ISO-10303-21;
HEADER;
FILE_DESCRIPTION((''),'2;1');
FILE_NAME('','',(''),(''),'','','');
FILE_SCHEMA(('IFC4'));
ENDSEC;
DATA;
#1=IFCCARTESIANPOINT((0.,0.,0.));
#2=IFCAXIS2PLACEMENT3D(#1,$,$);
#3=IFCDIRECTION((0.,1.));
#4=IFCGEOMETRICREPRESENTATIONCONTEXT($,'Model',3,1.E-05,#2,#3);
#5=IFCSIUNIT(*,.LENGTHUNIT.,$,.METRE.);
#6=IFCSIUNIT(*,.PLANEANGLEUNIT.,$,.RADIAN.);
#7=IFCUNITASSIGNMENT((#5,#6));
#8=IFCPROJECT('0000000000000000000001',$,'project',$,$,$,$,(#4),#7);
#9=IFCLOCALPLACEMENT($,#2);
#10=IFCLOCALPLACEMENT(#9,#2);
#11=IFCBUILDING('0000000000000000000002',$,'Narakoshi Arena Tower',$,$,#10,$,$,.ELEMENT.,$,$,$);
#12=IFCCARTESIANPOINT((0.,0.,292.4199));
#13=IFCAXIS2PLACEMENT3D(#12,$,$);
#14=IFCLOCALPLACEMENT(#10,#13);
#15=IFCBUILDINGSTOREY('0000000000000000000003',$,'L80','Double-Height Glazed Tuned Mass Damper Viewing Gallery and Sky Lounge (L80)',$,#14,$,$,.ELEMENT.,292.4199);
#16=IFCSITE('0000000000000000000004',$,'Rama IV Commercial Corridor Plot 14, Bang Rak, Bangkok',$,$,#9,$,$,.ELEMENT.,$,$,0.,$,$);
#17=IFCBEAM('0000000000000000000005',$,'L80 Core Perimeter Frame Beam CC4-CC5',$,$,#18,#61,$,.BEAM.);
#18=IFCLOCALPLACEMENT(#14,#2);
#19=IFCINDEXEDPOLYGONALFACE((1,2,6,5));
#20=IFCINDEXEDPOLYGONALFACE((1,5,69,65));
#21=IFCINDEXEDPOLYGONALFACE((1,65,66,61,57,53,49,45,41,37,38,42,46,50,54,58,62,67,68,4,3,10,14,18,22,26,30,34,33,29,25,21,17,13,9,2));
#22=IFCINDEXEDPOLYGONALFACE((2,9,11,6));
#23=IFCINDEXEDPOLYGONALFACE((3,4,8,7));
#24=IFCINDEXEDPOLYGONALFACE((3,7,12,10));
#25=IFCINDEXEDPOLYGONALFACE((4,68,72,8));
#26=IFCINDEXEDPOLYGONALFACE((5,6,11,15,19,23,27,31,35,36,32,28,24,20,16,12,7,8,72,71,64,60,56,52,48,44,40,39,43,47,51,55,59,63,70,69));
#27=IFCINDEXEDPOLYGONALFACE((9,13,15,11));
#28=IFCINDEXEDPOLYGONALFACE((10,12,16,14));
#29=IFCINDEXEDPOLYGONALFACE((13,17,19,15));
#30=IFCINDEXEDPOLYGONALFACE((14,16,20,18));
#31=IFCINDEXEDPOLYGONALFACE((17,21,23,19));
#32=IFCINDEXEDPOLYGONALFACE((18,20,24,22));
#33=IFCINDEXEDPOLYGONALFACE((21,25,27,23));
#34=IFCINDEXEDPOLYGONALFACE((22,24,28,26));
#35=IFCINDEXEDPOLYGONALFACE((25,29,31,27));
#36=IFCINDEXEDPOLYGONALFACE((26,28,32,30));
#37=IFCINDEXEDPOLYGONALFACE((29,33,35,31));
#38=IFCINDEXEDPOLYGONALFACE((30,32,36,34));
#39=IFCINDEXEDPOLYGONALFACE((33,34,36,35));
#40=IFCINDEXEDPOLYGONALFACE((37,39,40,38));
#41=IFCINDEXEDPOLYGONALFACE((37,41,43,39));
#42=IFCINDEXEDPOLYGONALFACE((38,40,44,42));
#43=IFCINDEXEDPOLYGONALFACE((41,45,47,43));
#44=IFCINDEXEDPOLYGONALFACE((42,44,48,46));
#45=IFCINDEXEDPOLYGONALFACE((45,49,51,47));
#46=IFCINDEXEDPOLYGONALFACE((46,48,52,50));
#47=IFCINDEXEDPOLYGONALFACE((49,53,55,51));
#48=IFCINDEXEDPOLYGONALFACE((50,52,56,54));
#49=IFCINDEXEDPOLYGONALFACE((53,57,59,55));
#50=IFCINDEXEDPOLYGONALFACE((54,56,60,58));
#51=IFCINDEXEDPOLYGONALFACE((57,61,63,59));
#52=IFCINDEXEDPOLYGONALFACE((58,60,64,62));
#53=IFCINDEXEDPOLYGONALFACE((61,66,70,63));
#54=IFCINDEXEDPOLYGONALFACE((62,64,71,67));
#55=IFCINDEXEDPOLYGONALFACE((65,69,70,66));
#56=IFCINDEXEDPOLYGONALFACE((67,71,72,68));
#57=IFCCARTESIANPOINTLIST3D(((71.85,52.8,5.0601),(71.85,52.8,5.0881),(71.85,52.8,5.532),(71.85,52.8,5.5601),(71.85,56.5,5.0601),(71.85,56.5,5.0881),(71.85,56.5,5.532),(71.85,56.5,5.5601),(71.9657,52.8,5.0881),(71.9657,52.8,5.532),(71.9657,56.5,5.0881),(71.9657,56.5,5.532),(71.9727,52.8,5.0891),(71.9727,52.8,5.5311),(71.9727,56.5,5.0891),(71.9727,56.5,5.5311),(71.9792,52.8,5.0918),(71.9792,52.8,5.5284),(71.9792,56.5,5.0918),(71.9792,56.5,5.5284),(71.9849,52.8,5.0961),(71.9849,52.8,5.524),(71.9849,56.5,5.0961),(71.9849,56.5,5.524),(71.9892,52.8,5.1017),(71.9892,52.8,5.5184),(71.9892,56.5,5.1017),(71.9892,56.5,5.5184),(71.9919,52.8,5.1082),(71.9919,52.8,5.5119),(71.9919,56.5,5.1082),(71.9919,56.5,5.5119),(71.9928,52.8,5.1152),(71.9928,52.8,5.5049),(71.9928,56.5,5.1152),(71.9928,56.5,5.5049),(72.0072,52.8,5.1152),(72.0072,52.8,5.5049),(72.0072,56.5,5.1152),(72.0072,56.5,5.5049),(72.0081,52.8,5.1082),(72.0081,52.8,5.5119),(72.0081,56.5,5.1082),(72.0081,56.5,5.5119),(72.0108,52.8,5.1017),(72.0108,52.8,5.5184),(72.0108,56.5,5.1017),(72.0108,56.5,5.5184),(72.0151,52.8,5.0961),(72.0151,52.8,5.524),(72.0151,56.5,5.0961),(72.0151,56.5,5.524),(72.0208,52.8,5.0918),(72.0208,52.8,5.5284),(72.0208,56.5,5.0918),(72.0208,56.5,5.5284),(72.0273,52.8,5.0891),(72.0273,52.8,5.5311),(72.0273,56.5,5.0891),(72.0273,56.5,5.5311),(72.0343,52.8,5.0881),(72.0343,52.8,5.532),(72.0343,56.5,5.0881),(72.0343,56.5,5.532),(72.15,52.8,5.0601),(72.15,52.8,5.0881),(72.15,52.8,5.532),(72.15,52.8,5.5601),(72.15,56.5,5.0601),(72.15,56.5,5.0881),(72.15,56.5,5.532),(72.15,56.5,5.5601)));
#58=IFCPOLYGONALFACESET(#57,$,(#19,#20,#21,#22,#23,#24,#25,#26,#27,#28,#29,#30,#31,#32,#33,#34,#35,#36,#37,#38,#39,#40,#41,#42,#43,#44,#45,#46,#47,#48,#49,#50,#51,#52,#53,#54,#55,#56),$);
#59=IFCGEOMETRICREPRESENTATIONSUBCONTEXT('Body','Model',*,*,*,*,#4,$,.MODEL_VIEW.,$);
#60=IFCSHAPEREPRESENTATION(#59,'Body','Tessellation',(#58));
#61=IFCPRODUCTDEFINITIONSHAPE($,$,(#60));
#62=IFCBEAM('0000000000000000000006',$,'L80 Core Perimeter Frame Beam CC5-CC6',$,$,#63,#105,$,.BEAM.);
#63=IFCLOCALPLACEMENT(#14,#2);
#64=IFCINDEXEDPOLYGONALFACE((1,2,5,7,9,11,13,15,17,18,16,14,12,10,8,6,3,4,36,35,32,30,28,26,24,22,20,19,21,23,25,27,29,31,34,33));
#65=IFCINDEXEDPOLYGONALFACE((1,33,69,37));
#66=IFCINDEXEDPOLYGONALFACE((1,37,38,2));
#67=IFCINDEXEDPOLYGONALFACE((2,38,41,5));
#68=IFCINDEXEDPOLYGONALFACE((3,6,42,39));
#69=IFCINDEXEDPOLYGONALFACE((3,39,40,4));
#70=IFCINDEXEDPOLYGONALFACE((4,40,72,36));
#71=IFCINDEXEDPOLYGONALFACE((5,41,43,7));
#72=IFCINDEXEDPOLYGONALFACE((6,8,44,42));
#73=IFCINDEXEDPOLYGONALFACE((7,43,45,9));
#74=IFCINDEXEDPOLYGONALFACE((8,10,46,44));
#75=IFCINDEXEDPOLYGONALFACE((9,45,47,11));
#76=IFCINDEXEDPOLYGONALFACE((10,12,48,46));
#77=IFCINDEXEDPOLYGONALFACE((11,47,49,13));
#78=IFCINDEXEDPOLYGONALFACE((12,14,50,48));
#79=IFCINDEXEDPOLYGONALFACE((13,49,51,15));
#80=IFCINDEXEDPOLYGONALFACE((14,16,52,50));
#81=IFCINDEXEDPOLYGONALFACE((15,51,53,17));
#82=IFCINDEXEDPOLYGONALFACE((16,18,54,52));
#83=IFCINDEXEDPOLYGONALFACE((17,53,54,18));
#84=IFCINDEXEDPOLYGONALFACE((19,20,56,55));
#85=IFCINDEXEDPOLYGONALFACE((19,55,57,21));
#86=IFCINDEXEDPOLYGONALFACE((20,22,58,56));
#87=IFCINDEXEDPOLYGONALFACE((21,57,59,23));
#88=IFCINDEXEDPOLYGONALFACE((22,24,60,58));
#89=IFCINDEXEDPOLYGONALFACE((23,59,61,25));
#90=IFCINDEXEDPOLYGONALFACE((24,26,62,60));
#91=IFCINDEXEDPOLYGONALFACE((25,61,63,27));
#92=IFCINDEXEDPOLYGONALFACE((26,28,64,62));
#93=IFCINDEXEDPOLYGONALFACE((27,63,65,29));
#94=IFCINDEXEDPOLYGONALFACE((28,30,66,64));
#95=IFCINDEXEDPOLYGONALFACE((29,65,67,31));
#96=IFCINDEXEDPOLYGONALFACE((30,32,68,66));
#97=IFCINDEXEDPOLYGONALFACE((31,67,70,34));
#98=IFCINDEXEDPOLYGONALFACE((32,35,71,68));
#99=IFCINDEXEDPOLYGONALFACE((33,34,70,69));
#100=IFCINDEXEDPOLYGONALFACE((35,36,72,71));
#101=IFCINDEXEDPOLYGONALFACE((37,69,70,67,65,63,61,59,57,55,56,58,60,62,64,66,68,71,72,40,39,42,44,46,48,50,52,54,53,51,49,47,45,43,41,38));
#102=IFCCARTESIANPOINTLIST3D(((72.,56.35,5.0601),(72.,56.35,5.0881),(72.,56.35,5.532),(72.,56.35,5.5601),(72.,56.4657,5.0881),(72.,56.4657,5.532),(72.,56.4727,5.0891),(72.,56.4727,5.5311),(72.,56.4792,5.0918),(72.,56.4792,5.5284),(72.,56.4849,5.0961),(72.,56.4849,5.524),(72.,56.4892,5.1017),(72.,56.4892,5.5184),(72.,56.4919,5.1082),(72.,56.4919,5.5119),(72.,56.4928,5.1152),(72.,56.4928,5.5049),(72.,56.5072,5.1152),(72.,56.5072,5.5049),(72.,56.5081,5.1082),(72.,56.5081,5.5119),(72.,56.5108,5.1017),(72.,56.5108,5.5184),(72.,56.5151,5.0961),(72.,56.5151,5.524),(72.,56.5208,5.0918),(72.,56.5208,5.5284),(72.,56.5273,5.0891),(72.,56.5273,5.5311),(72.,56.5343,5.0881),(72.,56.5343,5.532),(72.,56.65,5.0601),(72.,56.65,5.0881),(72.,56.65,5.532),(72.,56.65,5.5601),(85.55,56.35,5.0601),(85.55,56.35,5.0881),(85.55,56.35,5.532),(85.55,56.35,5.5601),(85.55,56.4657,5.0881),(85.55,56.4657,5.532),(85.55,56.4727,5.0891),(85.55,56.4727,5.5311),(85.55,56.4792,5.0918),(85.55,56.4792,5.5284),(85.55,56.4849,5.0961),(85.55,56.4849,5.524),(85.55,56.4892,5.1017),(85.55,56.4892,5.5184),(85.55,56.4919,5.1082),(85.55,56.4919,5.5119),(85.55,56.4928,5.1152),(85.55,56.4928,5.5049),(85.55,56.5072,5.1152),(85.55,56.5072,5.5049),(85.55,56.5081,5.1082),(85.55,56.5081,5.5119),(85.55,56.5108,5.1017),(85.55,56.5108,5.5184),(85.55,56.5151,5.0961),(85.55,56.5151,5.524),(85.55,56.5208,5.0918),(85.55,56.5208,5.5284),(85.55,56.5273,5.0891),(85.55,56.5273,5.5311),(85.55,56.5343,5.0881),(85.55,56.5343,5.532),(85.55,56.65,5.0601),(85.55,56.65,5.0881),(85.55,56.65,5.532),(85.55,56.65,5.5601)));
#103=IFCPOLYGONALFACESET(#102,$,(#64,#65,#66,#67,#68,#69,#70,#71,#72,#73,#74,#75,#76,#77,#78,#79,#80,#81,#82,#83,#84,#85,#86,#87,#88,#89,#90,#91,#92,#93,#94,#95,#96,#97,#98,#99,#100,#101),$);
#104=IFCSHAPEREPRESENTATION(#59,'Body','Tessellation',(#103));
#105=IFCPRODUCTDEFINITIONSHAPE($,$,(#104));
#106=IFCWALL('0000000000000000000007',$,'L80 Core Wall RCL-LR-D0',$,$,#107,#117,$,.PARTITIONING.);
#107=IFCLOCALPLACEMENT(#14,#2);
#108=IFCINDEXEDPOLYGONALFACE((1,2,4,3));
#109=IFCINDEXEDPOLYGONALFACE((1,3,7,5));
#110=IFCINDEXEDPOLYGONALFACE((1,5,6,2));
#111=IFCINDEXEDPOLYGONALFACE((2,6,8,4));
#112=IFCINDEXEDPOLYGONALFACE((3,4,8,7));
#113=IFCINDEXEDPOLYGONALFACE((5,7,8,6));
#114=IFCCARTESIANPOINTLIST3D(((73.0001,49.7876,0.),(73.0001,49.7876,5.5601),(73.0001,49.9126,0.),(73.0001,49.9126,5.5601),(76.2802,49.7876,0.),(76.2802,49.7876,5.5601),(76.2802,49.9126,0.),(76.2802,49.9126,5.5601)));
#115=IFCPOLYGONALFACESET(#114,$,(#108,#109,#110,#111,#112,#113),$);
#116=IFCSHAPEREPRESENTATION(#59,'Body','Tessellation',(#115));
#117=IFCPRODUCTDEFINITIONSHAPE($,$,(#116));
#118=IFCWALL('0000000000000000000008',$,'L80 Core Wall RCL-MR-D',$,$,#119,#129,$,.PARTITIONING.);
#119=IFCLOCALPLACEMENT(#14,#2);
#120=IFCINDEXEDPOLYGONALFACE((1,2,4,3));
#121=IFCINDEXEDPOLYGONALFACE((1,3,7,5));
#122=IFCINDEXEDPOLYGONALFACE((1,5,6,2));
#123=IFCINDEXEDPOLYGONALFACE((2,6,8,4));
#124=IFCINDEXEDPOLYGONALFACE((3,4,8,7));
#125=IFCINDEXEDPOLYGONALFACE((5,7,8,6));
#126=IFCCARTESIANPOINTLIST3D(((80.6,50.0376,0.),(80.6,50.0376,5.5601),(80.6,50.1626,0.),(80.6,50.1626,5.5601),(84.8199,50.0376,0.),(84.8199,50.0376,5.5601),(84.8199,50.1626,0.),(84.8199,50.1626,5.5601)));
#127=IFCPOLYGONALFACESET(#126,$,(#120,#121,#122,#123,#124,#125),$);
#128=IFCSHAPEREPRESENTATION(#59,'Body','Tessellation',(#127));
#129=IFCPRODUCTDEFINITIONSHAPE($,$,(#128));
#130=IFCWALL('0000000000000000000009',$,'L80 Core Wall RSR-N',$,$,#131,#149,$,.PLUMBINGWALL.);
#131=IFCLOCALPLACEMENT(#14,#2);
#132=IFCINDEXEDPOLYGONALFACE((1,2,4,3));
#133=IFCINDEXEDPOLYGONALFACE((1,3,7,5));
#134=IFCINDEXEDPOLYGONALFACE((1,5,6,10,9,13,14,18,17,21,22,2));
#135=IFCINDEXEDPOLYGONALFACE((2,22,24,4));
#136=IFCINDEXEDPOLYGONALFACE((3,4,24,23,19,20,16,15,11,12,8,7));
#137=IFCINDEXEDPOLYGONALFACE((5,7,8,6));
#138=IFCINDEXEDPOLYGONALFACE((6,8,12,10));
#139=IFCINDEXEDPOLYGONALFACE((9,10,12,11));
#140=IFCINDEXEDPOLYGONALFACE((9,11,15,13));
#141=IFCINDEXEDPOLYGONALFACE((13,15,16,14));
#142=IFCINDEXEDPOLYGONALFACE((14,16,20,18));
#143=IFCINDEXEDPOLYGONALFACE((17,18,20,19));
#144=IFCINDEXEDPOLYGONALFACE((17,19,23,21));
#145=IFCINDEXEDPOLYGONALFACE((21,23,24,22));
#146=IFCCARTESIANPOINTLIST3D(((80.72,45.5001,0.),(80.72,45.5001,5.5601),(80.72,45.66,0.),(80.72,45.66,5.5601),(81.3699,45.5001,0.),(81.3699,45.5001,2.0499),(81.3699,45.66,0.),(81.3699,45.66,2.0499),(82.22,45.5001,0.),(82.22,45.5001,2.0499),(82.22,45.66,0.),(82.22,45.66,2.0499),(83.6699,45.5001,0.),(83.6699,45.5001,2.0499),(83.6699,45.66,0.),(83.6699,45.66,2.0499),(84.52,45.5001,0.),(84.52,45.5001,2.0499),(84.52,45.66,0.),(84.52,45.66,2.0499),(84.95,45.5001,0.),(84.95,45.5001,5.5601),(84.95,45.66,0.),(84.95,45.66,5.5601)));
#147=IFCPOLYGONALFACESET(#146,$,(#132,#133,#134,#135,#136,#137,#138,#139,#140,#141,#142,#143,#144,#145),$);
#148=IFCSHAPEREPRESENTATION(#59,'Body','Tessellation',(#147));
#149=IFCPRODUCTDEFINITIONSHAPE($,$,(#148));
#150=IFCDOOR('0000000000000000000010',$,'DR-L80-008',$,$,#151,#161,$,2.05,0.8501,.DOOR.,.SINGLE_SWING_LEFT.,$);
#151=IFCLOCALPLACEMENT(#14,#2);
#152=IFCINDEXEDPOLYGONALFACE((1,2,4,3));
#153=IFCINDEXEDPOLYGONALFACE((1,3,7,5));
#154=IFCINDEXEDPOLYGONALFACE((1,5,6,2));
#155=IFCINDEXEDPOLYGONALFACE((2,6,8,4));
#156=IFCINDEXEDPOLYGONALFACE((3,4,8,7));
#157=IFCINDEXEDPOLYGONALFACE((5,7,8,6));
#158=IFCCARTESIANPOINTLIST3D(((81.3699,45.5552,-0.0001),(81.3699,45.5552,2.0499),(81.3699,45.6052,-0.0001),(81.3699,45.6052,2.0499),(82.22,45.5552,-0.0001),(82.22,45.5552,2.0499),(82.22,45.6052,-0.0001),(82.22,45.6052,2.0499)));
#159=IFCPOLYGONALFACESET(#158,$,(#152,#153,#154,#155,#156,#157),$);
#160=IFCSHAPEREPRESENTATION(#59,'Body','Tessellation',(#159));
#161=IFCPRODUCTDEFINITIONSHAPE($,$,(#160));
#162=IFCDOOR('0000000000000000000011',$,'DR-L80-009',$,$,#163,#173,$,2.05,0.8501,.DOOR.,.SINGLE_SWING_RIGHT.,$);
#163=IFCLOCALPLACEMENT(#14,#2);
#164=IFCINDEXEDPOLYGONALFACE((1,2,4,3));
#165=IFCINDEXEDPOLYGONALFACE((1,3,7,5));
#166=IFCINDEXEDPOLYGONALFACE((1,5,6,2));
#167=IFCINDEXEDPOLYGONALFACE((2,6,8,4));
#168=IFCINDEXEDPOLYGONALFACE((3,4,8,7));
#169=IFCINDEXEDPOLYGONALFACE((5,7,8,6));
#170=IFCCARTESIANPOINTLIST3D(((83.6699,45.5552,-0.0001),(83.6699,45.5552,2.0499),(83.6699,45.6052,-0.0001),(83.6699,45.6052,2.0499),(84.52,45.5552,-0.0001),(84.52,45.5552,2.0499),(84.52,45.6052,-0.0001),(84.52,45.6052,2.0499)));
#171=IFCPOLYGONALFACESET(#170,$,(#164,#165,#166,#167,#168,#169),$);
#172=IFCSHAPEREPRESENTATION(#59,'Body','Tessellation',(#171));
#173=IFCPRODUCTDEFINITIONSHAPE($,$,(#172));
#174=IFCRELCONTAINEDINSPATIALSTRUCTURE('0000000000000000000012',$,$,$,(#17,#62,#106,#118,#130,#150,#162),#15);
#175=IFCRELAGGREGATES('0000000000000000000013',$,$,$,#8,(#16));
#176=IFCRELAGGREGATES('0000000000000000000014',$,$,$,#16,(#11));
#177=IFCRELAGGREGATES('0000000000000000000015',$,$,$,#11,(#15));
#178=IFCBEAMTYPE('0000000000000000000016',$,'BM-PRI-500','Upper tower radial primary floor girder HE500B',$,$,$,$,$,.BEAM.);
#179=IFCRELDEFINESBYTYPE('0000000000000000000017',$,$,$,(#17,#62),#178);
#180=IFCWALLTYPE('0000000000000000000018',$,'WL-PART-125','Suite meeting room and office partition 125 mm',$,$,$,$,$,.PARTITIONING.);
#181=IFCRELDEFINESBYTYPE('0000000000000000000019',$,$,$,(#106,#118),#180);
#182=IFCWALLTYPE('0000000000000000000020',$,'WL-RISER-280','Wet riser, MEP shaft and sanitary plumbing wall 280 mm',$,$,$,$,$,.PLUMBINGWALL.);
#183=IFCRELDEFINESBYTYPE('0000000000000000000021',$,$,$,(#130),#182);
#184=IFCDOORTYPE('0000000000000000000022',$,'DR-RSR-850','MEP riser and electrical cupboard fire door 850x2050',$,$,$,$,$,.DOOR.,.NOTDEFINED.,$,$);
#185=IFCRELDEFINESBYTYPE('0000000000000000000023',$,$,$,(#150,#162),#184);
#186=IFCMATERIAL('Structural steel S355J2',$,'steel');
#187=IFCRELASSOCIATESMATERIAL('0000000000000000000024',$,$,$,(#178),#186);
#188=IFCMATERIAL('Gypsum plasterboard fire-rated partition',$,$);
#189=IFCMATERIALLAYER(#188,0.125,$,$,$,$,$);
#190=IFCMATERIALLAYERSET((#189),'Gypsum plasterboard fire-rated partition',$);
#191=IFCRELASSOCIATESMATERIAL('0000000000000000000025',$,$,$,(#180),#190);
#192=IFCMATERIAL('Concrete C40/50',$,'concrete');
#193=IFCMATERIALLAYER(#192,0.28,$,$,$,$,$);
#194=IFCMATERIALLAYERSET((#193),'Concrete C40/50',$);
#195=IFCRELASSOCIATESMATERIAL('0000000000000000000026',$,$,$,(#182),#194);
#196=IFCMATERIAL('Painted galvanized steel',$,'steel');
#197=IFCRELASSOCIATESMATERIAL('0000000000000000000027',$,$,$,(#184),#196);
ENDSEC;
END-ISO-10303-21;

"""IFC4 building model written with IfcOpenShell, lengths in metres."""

from ifc_helpers import new_model, si_unit, direction, frame, frame_2d, origin, origin_2d, place, context, subcontext, project, spatial, rectangle, i_section, extrude, material, layer, layer_set, material_profile, profile_set, type_object, element, fill, save


model = new_model("IFC4")

# Units and contexts
model_context = context("Model", 3, precision=1e-05, world=origin(), true_north=direction((0.0, 1.0)))
body_context = subcontext(model_context, "Body", "Model", "MODEL_VIEW")
ifc_project = project(units=[si_unit("LENGTHUNIT", "METRE"), si_unit("PLANEANGLEUNIT", "RADIAN")], contexts=[model_context])

# Site, building, storey
site_placement = place(None, origin())
site = spatial("IfcSite", under=ifc_project, at=site_placement, Name="Rama IV Commercial Corridor Plot 14, Bang Rak, Bangkok", CompositionType="ELEMENT", RefElevation=0.0)
building_placement = place(site_placement, origin())
building = spatial("IfcBuilding", under=site, at=building_placement, Name="Narakoshi Arena Tower", CompositionType="ELEMENT")
storey_placement = place(building_placement, frame((0.0, 0.0, 292.4199)))
storey = spatial("IfcBuildingStorey", under=building, at=storey_placement, Name="L80", Description="Double-Height Glazed Tuned Mass Damper Viewing Gallery and Sky Lounge (L80)", CompositionType="ELEMENT", Elevation=292.4199)

# Beams
ifc_material_1 = material(Name="Structural steel S355J2", Category="steel")
ifc_material_profile = material_profile(ifc_material_1, i_section(OverallWidth=0.3, OverallDepth=0.5, WebThickness=0.0144, FlangeThickness=0.0281, FilletRadius=0.0271, at=origin_2d()), Name="HE500B")
ifc_profile_set = profile_set([ifc_material_profile], Name="Structural steel S355J2")
beam_type = type_object("IfcBeamType", Name="BM-PRI-500", Description="Upper tower radial primary floor girder HE500B", PredefinedType="BEAM", material=ifc_profile_set)
beam_1_placement = place(storey_placement, frame((72.0, 52.8, 5.3101), z_axis=(0.0, 1.0, 0.0), x_axis=(-1.0, 0.0, 0.0)))
element("IfcBeam", 1, at=beam_1_placement, inside=storey, type_object=beam_type, Name="L80 Core Perimeter Frame Beam CC4-CC5", PredefinedType="BEAM", context=body_context, shape_type="SweptSolid", body=[
    extrude(i_section(OverallWidth=0.3, OverallDepth=0.5, WebThickness=0.0144, FlangeThickness=0.0281, FilletRadius=0.0271, at=origin_2d()), origin(), (0.0, 0.0, 1.0), 3.7),
])
beam_2_placement = place(storey_placement, frame((72.0, 56.5, 5.3101), z_axis=(1.0, 0.0, 0.0), x_axis=(0.0, 1.0, 0.0)))
element("IfcBeam", 2, at=beam_2_placement, inside=storey, type_object=beam_type, Name="L80 Core Perimeter Frame Beam CC5-CC6", PredefinedType="BEAM", context=body_context, shape_type="SweptSolid", body=[
    extrude(i_section(OverallWidth=0.3, OverallDepth=0.5, WebThickness=0.0144, FlangeThickness=0.0281, FilletRadius=0.0271, at=origin_2d()), origin(), (0.0, 0.0, 1.0), 13.55),
])

# Walls
ifc_material_2 = material(Name="Gypsum plasterboard fire-rated partition")
ifc_layer_1 = layer(ifc_material_2, 0.125)
ifc_layer_set_1 = layer_set([ifc_layer_1], Name="Gypsum plasterboard fire-rated partition")
wall_type_1 = type_object("IfcWallType", Name="WL-PART-125", Description="Suite meeting room and office partition 125 mm", PredefinedType="PARTITIONING", material=ifc_layer_set_1)
wall_1_placement = place(storey_placement, frame((73.0, 49.8501, 0.0), z_axis=(0.0, 0.0, 1.0), x_axis=(1.0, 0.0, 0.0)))
element("IfcWall", 3, at=wall_1_placement, inside=storey, type_object=wall_type_1, Name="L80 Core Wall RCL-LR-D0", PredefinedType="PARTITIONING", context=body_context, shape_type="SweptSolid", body=[
    extrude(rectangle(XDim=3.28, YDim=0.125, at=frame_2d((1.6401, 0.0))), origin(), (0.0, 0.0, 1.0), 5.5601),
])
wall_2_placement = place(storey_placement, frame((80.6001, 50.1001, 0.0), z_axis=(0.0, 0.0, 1.0), x_axis=(1.0, 0.0, 0.0)))
element("IfcWall", 4, at=wall_2_placement, inside=storey, type_object=wall_type_1, Name="L80 Core Wall RCL-MR-D", PredefinedType="PARTITIONING", context=body_context, shape_type="SweptSolid", body=[
    extrude(rectangle(XDim=4.22, YDim=0.125, at=frame_2d((2.1099, 0.0))), origin(), (0.0, 0.0, 1.0), 5.5601),
])

# Wall, openings, doors
ifc_material_3 = material(Name="Concrete C40/50", Category="concrete")
ifc_layer_2 = layer(ifc_material_3, 0.28)
ifc_layer_set_2 = layer_set([ifc_layer_2], Name="Concrete C40/50")
wall_type_2 = type_object("IfcWallType", Name="WL-RISER-280", Description="Wet riser, MEP shaft and sanitary plumbing wall 280 mm", PredefinedType="PLUMBINGWALL", material=ifc_layer_set_2)
wall_3_placement = place(storey_placement, frame((80.72, 45.5801, 0.0), z_axis=(0.0, 0.0, 1.0), x_axis=(1.0, 0.0, 0.0)))
wall_3 = element("IfcWall", 5, at=wall_3_placement, inside=storey, type_object=wall_type_2, Name="L80 Core Wall RSR-N", PredefinedType="PLUMBINGWALL", context=body_context, shape_type="SweptSolid", body=[
    extrude(rectangle(XDim=4.23, YDim=0.1599, at=frame_2d((2.115, 0.0))), origin(), (0.0, 0.0, 1.0), 5.5601),
])
opening_1_placement = place(wall_3_placement, frame((0.6499, 0.0, 0.0)))
opening_1 = element("IfcOpeningElement", 6, at=opening_1_placement, cuts=wall_3, PredefinedType="OPENING", context=body_context, shape_type="SweptSolid", body=[
    extrude(rectangle(XDim=0.8501, YDim=2.05, at=frame_2d((0.425, 1.0249))), frame((0.0, 0.0898, 0.0), z_axis=(0.0, -1.0, 0.0), x_axis=(1.0, 0.0, 0.0)), (0.0, 0.0, 1.0), 0.1799),
])
opening_2_placement = place(wall_3_placement, frame((2.95, 0.0, 0.0)))
opening_2 = element("IfcOpeningElement", 7, at=opening_2_placement, cuts=wall_3, PredefinedType="OPENING", context=body_context, shape_type="SweptSolid", body=[
    extrude(rectangle(XDim=0.8501, YDim=2.05, at=frame_2d((0.425, 1.0249))), frame((0.0, 0.0898, 0.0), z_axis=(0.0, -1.0, 0.0), x_axis=(1.0, 0.0, 0.0)), (0.0, 0.0, 1.0), 0.1799),
])
ifc_material_4 = material(Name="Painted galvanized steel", Category="steel")
door_type_1 = type_object("IfcDoorType", Name="DR-RSR-850", Description="MEP riser and electrical cupboard fire door 850x2050", OperationType="NOTDEFINED", PredefinedType="DOOR", material=ifc_material_4)
door_1_placement = place(opening_1_placement, frame((0.8501, 0.0, 0.0), z_axis=(0.0, 0.0, 1.0), x_axis=(-1.0, 0.0, 0.0)))
door_1 = element("IfcDoor", 8, at=door_1_placement, inside=storey, type_object=door_type_1, Name="DR-L80-008", OperationType="SINGLE_SWING_LEFT", OverallHeight=2.05, OverallWidth=0.8501, PredefinedType="DOOR", context=body_context, shape_type="SweptSolid", body=[
    extrude(rectangle(XDim=0.8501, YDim=2.05, at=frame_2d((0.425, 1.0249))), frame((0.0, 0.0249, 0.0), z_axis=(0.0, -1.0, 0.0), x_axis=(1.0, 0.0, 0.0)), (0.0, 0.0, 1.0), 0.05),
])
fill(opening_1, door_1)
door_2_placement = place(opening_2_placement, frame((0.8501, 0.0, 0.0), z_axis=(0.0, 0.0, 1.0), x_axis=(-1.0, 0.0, 0.0)))
door_2 = element("IfcDoor", 9, at=door_2_placement, inside=storey, type_object=door_type_1, Name="DR-L80-009", OperationType="SINGLE_SWING_RIGHT", OverallHeight=2.05, OverallWidth=0.8501, PredefinedType="DOOR", context=body_context, shape_type="SweptSolid", body=[
    extrude(rectangle(XDim=0.8501, YDim=2.05, at=frame_2d((0.425, 1.0249))), frame((0.0, 0.0249, 0.0), z_axis=(0.0, -1.0, 0.0), x_axis=(1.0, 0.0, 0.0)), (0.0, 0.0, 1.0), 0.05),
])
fill(opening_2, door_2)

save(model, "model.ifc")
